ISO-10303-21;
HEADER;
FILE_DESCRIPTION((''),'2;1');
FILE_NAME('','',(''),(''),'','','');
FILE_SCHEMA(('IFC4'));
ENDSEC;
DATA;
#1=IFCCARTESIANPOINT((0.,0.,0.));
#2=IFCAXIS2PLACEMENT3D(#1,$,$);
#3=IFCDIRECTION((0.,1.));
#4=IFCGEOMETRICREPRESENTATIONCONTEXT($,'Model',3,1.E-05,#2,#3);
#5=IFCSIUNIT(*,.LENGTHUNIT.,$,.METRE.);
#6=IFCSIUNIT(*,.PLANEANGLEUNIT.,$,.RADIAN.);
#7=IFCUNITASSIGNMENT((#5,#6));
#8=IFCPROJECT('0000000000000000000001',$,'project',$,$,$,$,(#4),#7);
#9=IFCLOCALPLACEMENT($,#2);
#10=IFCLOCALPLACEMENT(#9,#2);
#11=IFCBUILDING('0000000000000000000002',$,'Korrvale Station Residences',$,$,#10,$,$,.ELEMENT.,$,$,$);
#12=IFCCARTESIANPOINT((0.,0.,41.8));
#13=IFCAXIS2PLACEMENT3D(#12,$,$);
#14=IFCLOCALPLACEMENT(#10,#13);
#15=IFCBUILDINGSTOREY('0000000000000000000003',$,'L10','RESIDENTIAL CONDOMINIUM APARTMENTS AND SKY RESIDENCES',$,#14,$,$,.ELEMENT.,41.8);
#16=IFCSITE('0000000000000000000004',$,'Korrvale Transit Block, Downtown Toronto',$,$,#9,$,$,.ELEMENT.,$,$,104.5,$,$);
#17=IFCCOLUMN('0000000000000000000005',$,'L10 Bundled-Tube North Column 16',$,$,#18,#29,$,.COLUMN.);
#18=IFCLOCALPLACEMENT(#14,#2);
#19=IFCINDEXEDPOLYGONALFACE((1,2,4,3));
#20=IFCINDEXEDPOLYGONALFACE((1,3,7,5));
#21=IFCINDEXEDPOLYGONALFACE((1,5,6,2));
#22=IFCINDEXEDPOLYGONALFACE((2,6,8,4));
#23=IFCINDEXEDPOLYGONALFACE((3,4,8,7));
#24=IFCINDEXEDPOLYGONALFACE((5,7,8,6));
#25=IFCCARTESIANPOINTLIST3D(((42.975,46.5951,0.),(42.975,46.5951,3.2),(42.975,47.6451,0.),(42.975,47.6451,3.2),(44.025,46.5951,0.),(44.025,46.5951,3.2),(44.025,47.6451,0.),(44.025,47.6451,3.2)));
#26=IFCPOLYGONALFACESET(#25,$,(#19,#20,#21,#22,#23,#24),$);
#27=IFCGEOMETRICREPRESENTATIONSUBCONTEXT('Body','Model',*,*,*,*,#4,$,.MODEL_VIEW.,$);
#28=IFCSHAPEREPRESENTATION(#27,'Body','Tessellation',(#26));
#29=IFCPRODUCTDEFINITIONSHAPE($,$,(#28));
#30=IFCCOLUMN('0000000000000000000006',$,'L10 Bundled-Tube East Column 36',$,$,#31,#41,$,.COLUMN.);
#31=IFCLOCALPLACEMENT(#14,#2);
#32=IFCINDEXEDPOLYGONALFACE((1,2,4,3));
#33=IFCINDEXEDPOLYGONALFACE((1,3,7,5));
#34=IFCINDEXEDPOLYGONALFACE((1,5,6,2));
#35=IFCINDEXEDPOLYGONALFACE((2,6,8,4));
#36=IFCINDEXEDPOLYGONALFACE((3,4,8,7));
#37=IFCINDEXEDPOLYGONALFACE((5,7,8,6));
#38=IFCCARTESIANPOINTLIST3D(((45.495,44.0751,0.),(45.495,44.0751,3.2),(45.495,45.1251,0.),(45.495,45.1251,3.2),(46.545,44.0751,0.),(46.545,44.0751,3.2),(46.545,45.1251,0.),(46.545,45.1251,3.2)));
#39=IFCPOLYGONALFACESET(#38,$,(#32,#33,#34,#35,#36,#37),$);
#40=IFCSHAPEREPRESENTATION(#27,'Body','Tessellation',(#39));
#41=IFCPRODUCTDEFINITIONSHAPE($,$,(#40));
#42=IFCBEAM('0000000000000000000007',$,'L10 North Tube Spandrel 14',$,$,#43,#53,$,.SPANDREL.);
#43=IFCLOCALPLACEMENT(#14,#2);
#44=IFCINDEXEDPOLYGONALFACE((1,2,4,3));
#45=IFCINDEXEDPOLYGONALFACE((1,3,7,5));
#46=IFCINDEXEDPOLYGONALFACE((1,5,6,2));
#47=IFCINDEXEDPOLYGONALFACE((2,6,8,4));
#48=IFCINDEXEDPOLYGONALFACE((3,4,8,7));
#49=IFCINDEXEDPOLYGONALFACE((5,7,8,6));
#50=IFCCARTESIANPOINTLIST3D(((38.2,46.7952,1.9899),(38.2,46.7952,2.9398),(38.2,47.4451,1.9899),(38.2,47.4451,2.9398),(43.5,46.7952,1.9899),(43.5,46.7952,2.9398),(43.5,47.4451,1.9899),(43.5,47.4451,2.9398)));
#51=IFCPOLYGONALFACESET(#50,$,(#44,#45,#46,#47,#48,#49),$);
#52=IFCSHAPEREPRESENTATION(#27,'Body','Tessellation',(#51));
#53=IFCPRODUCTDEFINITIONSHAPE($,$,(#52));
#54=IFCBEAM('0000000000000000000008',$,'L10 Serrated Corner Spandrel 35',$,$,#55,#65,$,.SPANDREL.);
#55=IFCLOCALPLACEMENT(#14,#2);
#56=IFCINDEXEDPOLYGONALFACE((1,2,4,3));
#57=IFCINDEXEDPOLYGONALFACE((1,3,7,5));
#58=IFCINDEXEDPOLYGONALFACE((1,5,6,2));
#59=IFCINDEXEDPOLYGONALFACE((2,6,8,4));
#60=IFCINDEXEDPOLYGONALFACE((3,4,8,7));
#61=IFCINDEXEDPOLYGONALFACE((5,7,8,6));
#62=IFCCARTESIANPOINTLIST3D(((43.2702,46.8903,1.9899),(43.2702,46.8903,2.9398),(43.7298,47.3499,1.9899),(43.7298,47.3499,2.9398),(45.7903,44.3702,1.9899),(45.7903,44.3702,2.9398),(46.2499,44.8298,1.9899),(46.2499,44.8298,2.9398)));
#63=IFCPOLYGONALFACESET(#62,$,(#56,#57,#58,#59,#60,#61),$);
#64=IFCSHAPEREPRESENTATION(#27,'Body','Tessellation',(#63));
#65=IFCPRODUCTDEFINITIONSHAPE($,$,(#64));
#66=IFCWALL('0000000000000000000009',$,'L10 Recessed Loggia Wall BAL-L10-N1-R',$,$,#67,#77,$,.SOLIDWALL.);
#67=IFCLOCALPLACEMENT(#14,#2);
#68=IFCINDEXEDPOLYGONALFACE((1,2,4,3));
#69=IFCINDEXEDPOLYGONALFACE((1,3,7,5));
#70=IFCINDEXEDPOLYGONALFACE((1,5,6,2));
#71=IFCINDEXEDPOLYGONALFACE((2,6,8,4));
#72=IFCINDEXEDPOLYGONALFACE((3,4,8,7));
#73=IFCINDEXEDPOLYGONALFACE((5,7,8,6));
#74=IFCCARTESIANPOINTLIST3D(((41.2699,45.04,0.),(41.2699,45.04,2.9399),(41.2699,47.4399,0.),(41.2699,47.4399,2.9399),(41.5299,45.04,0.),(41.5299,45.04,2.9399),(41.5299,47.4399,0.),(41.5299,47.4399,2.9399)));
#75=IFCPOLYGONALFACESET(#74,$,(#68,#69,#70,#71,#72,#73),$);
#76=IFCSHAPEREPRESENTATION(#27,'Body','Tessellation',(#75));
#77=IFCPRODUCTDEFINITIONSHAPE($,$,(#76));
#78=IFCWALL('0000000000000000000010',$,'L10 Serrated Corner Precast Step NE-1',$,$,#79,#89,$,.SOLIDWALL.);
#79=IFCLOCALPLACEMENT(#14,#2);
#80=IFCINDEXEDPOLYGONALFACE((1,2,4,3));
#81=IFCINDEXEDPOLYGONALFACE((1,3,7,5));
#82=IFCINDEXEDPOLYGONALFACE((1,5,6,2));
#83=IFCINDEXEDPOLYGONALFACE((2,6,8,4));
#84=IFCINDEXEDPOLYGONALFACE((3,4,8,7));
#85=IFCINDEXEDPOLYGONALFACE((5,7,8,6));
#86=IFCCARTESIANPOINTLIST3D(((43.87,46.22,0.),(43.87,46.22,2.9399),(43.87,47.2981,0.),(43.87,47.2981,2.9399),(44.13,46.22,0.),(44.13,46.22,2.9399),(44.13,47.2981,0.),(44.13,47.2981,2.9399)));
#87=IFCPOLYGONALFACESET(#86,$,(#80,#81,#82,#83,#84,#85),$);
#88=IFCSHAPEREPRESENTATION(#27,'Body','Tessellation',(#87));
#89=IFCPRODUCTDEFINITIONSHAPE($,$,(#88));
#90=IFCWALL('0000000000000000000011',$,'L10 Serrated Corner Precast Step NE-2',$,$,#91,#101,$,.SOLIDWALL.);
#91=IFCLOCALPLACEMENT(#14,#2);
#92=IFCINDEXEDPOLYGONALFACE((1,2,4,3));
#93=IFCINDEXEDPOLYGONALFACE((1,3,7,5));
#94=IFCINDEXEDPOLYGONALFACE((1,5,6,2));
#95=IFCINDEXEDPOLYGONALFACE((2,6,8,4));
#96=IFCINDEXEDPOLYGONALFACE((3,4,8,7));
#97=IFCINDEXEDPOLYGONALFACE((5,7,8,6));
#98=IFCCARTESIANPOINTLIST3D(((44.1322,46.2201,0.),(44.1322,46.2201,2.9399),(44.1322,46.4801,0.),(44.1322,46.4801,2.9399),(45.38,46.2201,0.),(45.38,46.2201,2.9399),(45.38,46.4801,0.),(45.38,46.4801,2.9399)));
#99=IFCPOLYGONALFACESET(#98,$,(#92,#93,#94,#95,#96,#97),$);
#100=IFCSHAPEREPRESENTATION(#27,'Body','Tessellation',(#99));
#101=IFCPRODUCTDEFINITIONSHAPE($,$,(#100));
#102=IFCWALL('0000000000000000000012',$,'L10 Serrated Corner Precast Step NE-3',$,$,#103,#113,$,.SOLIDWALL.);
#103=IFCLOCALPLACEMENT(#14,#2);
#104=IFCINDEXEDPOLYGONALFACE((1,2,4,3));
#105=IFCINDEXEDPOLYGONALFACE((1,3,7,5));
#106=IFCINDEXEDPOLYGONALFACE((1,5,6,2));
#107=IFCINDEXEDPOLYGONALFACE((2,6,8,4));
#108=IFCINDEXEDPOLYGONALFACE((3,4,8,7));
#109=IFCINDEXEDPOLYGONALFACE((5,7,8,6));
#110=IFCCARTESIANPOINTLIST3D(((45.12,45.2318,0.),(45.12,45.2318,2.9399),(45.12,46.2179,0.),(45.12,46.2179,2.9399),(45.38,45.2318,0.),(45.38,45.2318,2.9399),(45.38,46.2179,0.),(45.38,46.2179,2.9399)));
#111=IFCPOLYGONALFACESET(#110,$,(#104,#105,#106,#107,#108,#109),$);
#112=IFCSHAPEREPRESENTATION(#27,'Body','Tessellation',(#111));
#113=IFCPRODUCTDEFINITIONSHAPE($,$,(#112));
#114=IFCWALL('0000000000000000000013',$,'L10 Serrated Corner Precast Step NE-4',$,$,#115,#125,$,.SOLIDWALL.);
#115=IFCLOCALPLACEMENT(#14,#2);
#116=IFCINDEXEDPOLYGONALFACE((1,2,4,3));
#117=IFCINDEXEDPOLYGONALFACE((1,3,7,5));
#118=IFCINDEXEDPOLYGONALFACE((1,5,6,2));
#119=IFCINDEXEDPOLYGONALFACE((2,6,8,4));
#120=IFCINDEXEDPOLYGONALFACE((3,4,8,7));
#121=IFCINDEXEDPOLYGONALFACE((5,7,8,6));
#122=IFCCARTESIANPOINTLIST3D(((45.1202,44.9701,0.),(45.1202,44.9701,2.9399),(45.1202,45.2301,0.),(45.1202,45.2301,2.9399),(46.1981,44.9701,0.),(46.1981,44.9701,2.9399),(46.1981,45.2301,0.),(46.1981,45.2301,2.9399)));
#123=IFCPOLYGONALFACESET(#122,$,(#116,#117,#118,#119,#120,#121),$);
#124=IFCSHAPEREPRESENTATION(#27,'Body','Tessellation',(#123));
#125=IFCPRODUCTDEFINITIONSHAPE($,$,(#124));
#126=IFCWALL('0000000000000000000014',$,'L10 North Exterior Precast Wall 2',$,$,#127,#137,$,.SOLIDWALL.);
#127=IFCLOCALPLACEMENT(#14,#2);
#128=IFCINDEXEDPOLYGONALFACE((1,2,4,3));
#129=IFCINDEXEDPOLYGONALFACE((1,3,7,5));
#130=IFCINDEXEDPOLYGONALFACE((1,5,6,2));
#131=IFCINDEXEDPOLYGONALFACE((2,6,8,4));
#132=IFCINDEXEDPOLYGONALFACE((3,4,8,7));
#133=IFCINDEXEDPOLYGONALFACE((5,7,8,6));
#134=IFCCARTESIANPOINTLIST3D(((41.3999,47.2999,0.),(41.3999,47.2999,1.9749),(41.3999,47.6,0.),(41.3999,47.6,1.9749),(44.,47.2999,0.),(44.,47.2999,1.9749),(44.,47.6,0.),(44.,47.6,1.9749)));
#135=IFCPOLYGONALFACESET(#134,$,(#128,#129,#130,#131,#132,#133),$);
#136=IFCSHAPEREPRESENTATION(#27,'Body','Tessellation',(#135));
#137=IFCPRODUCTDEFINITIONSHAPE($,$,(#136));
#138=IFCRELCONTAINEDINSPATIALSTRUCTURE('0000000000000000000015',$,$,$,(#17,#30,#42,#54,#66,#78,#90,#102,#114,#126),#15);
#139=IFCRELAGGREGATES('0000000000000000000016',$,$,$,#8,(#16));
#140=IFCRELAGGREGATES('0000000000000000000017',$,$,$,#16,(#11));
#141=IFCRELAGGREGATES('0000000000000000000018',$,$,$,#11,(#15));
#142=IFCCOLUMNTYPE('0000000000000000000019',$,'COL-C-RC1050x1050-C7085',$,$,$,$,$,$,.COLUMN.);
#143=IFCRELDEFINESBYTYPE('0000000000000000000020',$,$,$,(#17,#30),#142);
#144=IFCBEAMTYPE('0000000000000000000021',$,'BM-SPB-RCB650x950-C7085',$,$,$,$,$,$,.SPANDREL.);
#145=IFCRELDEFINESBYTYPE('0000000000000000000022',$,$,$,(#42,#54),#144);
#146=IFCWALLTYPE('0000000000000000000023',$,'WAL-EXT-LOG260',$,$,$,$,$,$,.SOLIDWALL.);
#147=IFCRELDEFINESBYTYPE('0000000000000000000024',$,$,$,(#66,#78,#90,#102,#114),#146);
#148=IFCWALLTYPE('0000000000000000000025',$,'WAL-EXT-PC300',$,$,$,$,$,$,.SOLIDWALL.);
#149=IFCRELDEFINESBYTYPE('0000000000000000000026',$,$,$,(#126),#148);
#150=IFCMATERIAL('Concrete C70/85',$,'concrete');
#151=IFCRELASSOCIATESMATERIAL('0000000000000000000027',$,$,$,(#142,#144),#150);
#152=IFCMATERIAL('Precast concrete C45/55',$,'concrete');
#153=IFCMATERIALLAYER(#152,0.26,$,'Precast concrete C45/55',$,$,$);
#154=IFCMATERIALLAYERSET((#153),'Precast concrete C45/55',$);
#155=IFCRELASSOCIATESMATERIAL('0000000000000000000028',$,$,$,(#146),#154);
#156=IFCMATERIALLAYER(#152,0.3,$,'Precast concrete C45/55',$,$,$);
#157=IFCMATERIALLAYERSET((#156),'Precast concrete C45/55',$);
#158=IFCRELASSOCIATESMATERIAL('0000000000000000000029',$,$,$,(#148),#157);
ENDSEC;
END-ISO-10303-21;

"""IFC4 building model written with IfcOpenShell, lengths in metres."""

from ifc_helpers import new_model, si_unit, direction, frame, frame_2d, origin, origin_2d, place, context, subcontext, project, spatial, rectangle, extrude, material, layer, layer_set, material_profile, profile_set, type_object, element, save


model = new_model("IFC4")

# Units and contexts
model_context = context("Model", 3, precision=1e-05, world=origin(), true_north=direction((0.0, 1.0)))
body_context = subcontext(model_context, "Body", "Model", "MODEL_VIEW")
ifc_project = project(units=[si_unit("LENGTHUNIT", "METRE"), si_unit("PLANEANGLEUNIT", "RADIAN")], contexts=[model_context])

# Site, building, storey
site_placement = place(None, origin())
site = spatial("IfcSite", under=ifc_project, at=site_placement, Name="Korrvale Transit Block, Downtown Toronto", CompositionType="ELEMENT", RefElevation=104.5)
building_placement = place(site_placement, origin())
building = spatial("IfcBuilding", under=site, at=building_placement, Name="Korrvale Station Residences", CompositionType="ELEMENT")
storey_placement = place(building_placement, frame((0.0, 0.0, 41.8)))
storey = spatial("IfcBuildingStorey", under=building, at=storey_placement, Name="L10", Description="RESIDENTIAL CONDOMINIUM APARTMENTS AND SKY RESIDENCES", CompositionType="ELEMENT", Elevation=41.8)

# Columns
ifc_material_1 = material(Name="Concrete C70/85", Category="concrete")
ifc_material_profile_1 = material_profile(ifc_material_1, rectangle(XDim=1.05, YDim=1.05, at=origin_2d()), Name="RC1050x1050")
ifc_profile_set_1 = profile_set([ifc_material_profile_1], Name="Concrete C70/85")
column_type = type_object("IfcColumnType", Name="COL-C-RC1050x1050-C7085", PredefinedType="COLUMN", material=ifc_profile_set_1)
for number, where, z_axis, x_axis, name in (
    (1, (43.5, 47.1201, 0.0), (0.0, 0.0, 1.0), (1.0, 0.0, 0.0), "L10 Bundled-Tube North Column 16"),
    (2, (46.02, 44.6001, 0.0), (0.0, 0.0, 1.0), (1.0, 0.0, 0.0), "L10 Bundled-Tube East Column 36"),
):
    element("IfcColumn", number, at=place(storey_placement, frame(where, z_axis=z_axis, x_axis=x_axis)), inside=storey, type_object=column_type, Name=name, PredefinedType="COLUMN", context=body_context, shape_type="SweptSolid", body=[
        extrude(rectangle(XDim=1.05, YDim=1.05, at=origin_2d()), origin(), (0.0, 0.0, 1.0), 3.2),
    ])

# Beams
ifc_material_profile_2 = material_profile(ifc_material_1, rectangle(XDim=0.6499, YDim=0.95, at=origin_2d()), Name="RCB650x950")
ifc_profile_set_2 = profile_set([ifc_material_profile_2], Name="Concrete C70/85")
beam_type = type_object("IfcBeamType", Name="BM-SPB-RCB650x950-C7085", PredefinedType="SPANDREL", material=ifc_profile_set_2)
beam_1_placement = place(storey_placement, frame((38.2, 47.1201, 2.4648), z_axis=(1.0, 0.0, 0.0), x_axis=(0.0, 1.0, 0.0)))
element("IfcBeam", 3, at=beam_1_placement, inside=storey, type_object=beam_type, Name="L10 North Tube Spandrel 14", PredefinedType="SPANDREL", context=body_context, shape_type="SweptSolid", body=[
    extrude(rectangle(XDim=0.6499, YDim=0.95, at=origin_2d()), origin(), (0.0, 0.0, 1.0), 5.3),
])
beam_2_placement = place(storey_placement, frame((43.5, 47.1201, 2.4648), z_axis=(0.707107, -0.707107, 0.0), x_axis=(0.707107, 0.707107, 0.0)))
element("IfcBeam", 4, at=beam_2_placement, inside=storey, type_object=beam_type, Name="L10 Serrated Corner Spandrel 35", PredefinedType="SPANDREL", context=body_context, shape_type="SweptSolid", body=[
    extrude(rectangle(XDim=0.6499, YDim=0.95, at=origin_2d()), origin(), (0.0, 0.0, 1.0), 3.564),
])

# Walls
ifc_material_2 = material(Name="Precast concrete C45/55", Category="concrete")
ifc_layer_1 = layer(ifc_material_2, 0.26, Name="Precast concrete C45/55")
ifc_layer_set_1 = layer_set([ifc_layer_1], Name="Precast concrete C45/55")
wall_type_1 = type_object("IfcWallType", Name="WAL-EXT-LOG260", PredefinedType="SOLIDWALL", material=ifc_layer_set_1)
wall_1_placement = place(storey_placement, frame((41.3999, 45.04, 0.0), z_axis=(0.0, 0.0, 1.0), x_axis=(0.0, 1.0, 0.0)))
element("IfcWall", 5, at=wall_1_placement, inside=storey, type_object=wall_type_1, Name="L10 Recessed Loggia Wall BAL-L10-N1-R", PredefinedType="SOLIDWALL", context=body_context, shape_type="SweptSolid", body=[
    extrude(rectangle(XDim=2.3999, YDim=0.26, at=frame_2d((1.2, 0.0))), origin(), (0.0, 0.0, 1.0), 2.9399),
])
wall_2_placement = place(storey_placement, frame((44.0, 47.2981, 0.0), z_axis=(0.0, 0.0, 1.0), x_axis=(0.0, -1.0, 0.0)))
element("IfcWall", 6, at=wall_2_placement, inside=storey, type_object=wall_type_1, Name="L10 Serrated Corner Precast Step NE-1", PredefinedType="SOLIDWALL", context=body_context, shape_type="SweptSolid", body=[
    extrude(rectangle(XDim=1.0781, YDim=0.26, at=frame_2d((0.5391, 0.0))), origin(), (0.0, 0.0, 1.0), 2.9399),
])
wall_3_placement = place(storey_placement, frame((44.1321, 46.3501, 0.0), z_axis=(0.0, 0.0, 1.0), x_axis=(1.0, 0.0, 0.0)))
element("IfcWall", 7, at=wall_3_placement, inside=storey, type_object=wall_type_1, Name="L10 Serrated Corner Precast Step NE-2", PredefinedType="SOLIDWALL", context=body_context, shape_type="SweptSolid", body=[
    extrude(rectangle(XDim=1.2478, YDim=0.26, at=frame_2d((0.624, 0.0))), origin(), (0.0, 0.0, 1.0), 2.9399),
])
wall_4_placement = place(storey_placement, frame((45.25, 46.218, 0.0), z_axis=(0.0, 0.0, 1.0), x_axis=(0.0, -1.0, 0.0)))
element("IfcWall", 8, at=wall_4_placement, inside=storey, type_object=wall_type_1, Name="L10 Serrated Corner Precast Step NE-3", PredefinedType="SOLIDWALL", context=body_context, shape_type="SweptSolid", body=[
    extrude(rectangle(XDim=0.9861, YDim=0.26, at=frame_2d((0.4932, 0.0))), origin(), (0.0, 0.0, 1.0), 2.9399),
])
wall_5_placement = place(storey_placement, frame((45.1201, 45.1001, 0.0), z_axis=(0.0, 0.0, 1.0), x_axis=(1.0, 0.0, 0.0)))
element("IfcWall", 9, at=wall_5_placement, inside=storey, type_object=wall_type_1, Name="L10 Serrated Corner Precast Step NE-4", PredefinedType="SOLIDWALL", context=body_context, shape_type="SweptSolid", body=[
    extrude(rectangle(XDim=1.0779, YDim=0.26, at=frame_2d((0.5391, 0.0))), origin(), (0.0, 0.0, 1.0), 2.9399),
])
ifc_layer_2 = layer(ifc_material_2, 0.3, Name="Precast concrete C45/55")
ifc_layer_set_2 = layer_set([ifc_layer_2], Name="Precast concrete C45/55")
wall_type_2 = type_object("IfcWallType", Name="WAL-EXT-PC300", PredefinedType="SOLIDWALL", material=ifc_layer_set_2)
wall_6_placement = place(storey_placement, frame((41.3999, 47.45, 0.0), z_axis=(0.0, 0.0, 1.0), x_axis=(1.0, 0.0, 0.0)))
element("IfcWall", 10, at=wall_6_placement, inside=storey, type_object=wall_type_2, Name="L10 North Exterior Precast Wall 2", PredefinedType="SOLIDWALL", context=body_context, shape_type="SweptSolid", body=[
    extrude(rectangle(XDim=2.6001, YDim=0.3, at=frame_2d((1.3, 0.0))), origin(), (0.0, 0.0, 1.0), 1.9749),
])

save(model, "model.ifc")
